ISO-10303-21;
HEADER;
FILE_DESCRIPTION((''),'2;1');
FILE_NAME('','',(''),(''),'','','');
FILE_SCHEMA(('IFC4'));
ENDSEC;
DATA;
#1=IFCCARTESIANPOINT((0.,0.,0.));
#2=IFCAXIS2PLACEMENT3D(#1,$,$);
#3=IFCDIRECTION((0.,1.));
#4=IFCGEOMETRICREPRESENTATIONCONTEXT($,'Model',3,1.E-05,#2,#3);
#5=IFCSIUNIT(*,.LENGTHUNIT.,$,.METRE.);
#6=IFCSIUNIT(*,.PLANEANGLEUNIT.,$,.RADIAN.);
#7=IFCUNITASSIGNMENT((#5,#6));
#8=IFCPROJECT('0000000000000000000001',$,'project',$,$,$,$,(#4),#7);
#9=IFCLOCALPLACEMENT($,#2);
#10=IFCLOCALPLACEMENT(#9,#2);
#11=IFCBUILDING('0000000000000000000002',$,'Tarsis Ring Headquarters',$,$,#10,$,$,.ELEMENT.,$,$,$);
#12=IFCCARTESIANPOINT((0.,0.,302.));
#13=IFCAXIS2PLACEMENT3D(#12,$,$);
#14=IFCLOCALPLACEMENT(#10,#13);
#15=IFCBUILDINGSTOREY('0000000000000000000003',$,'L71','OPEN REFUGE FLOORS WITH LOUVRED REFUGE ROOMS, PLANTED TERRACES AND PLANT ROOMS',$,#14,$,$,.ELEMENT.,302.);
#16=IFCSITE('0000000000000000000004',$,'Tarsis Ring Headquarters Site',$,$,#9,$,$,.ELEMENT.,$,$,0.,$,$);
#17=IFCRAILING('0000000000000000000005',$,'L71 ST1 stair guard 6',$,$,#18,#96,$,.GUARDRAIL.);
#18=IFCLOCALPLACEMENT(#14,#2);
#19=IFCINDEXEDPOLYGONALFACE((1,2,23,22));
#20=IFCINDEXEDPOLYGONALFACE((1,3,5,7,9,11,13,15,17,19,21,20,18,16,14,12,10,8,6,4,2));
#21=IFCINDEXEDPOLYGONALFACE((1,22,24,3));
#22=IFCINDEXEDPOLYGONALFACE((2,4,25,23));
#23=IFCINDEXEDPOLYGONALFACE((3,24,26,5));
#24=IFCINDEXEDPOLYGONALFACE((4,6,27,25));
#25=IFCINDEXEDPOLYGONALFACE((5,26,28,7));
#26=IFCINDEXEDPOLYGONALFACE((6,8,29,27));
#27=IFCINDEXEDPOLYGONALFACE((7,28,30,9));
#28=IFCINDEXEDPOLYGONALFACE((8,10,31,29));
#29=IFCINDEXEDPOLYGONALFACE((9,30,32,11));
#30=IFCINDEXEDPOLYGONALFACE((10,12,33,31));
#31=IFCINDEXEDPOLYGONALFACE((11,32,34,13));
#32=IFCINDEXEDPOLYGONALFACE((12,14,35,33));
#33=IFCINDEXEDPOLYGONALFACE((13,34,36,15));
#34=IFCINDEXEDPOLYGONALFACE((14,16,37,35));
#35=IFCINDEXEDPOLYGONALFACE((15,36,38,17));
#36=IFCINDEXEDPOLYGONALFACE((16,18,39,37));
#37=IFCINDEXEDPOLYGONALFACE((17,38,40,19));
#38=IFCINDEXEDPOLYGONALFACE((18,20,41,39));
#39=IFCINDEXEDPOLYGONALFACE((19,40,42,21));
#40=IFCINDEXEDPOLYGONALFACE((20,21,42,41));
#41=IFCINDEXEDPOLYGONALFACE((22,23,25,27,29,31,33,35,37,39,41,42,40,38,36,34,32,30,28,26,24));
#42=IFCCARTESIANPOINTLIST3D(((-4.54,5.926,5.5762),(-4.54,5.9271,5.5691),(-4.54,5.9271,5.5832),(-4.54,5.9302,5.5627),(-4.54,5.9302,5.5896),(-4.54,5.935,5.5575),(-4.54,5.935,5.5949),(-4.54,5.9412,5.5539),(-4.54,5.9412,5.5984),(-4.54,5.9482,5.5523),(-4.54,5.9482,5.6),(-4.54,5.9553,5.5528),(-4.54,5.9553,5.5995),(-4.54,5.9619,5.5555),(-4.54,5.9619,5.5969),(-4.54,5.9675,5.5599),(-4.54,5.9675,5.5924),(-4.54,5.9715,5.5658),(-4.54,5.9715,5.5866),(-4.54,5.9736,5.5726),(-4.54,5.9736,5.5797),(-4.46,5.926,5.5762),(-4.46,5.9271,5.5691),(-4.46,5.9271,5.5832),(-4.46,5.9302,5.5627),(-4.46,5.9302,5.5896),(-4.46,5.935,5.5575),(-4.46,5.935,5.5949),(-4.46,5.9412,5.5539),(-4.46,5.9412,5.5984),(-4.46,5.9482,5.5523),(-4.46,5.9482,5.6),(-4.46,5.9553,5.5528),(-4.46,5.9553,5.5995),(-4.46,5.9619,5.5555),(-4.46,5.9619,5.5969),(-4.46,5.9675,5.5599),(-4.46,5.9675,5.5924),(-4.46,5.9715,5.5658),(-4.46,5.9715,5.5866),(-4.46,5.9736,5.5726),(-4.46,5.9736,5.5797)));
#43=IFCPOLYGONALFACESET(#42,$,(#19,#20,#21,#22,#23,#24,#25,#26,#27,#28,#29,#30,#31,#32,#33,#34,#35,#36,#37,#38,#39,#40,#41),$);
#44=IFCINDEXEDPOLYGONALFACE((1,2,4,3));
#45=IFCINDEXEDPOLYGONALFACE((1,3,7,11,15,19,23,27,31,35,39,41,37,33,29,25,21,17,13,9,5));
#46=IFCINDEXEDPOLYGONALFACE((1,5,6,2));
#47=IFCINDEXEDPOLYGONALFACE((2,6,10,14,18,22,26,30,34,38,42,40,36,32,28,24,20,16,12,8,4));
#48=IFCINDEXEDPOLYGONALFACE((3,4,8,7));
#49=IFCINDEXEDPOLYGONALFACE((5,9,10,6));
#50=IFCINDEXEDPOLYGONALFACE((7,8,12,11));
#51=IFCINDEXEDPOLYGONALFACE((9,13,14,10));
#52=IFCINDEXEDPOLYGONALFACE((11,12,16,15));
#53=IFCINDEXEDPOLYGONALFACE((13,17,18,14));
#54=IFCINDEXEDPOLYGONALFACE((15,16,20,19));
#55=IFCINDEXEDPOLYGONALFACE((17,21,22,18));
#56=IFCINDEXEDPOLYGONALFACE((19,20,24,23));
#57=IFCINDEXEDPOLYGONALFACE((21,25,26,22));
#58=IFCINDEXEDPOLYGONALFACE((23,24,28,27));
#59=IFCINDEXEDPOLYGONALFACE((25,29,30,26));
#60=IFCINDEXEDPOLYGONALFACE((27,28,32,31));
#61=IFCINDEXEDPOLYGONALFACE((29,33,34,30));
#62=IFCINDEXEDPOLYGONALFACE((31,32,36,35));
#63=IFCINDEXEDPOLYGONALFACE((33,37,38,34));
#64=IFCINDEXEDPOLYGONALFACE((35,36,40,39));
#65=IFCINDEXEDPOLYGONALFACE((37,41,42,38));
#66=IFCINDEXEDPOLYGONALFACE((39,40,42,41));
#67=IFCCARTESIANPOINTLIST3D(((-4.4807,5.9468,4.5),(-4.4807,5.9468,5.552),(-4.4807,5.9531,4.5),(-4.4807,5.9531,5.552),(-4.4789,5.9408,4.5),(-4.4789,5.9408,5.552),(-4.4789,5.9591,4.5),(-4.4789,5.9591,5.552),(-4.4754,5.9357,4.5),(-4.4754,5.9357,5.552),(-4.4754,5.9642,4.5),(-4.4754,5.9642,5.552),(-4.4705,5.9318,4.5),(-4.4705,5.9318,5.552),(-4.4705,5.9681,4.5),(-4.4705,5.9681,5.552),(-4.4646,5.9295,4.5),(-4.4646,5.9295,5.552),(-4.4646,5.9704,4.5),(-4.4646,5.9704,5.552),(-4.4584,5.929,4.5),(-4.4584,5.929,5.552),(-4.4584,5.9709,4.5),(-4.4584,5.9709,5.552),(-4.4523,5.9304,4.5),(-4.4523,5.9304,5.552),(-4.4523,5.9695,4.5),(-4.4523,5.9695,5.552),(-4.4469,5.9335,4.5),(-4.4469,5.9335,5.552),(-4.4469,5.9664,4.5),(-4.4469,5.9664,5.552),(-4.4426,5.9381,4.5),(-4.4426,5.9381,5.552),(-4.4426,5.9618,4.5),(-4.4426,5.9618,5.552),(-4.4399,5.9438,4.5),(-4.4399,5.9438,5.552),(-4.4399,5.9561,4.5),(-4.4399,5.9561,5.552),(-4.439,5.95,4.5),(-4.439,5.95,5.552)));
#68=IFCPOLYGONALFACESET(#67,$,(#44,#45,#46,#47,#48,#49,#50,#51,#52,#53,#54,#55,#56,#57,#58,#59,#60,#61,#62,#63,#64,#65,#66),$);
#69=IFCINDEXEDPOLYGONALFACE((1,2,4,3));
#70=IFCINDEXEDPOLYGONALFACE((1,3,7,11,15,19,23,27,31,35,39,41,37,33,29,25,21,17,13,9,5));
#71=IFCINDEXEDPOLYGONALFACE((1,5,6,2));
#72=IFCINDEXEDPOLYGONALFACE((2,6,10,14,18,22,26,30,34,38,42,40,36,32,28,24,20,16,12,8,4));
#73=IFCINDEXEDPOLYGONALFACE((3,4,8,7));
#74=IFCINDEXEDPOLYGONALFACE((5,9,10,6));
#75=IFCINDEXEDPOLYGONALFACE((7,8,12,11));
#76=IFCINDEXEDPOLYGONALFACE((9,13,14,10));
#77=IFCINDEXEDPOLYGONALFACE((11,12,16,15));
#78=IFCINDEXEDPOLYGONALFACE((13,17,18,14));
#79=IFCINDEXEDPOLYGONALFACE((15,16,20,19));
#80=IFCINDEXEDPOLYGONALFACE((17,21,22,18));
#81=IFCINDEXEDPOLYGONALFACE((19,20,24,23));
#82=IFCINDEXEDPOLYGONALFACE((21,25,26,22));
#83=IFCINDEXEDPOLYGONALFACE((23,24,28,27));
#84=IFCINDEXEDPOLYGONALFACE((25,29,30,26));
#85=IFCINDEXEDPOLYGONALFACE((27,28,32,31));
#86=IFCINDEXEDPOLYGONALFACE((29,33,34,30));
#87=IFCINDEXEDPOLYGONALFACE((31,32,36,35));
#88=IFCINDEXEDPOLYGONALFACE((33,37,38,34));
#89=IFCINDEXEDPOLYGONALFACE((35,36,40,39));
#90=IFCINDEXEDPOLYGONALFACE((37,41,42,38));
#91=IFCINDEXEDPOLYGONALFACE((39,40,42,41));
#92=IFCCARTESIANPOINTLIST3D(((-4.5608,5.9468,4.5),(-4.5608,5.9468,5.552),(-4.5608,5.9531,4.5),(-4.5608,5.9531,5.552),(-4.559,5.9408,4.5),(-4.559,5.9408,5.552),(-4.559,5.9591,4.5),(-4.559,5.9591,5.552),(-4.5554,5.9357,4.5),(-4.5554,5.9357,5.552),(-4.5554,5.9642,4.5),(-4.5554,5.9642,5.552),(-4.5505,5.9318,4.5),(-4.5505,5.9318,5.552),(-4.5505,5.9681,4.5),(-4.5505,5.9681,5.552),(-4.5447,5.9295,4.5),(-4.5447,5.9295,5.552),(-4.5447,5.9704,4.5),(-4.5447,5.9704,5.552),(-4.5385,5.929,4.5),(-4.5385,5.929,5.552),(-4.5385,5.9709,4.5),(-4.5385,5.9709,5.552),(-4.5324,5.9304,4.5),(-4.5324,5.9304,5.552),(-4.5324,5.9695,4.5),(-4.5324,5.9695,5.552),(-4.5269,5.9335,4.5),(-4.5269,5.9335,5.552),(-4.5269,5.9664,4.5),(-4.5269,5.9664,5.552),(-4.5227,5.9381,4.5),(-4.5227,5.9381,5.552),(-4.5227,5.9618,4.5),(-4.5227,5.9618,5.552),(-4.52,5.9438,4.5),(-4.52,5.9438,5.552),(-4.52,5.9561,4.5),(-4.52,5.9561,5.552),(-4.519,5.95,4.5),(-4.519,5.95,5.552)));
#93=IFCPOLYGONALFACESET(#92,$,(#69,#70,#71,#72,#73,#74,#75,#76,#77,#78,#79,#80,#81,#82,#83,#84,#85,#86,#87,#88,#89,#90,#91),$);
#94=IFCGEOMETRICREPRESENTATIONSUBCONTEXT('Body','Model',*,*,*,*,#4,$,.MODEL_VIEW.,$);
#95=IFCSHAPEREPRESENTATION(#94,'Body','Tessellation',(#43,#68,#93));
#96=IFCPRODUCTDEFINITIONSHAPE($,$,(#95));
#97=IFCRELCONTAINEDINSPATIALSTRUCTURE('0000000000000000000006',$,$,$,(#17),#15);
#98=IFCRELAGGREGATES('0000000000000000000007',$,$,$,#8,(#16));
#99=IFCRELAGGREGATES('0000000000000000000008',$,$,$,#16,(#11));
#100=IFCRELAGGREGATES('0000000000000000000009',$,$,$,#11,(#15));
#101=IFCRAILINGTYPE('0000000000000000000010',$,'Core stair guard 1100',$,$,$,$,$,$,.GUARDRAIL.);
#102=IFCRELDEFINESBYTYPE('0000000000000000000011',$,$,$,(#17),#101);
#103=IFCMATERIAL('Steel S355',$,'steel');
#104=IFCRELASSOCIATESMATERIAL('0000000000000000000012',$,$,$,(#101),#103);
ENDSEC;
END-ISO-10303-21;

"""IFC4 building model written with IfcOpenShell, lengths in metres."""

from ifc_helpers import new_model, si_unit, direction, frame, origin, origin_2d, place, context, subcontext, project, spatial, circle, extrude, material, type_object, element, save


model = new_model("IFC4")

# Units and contexts
model_context = context("Model", 3, precision=1e-05, world=origin(), true_north=direction((0.0, 1.0)))
body_context = subcontext(model_context, "Body", "Model", "MODEL_VIEW")
ifc_project = project(units=[si_unit("LENGTHUNIT", "METRE"), si_unit("PLANEANGLEUNIT", "RADIAN")], contexts=[model_context])

# Site, building, storey
site_placement = place(None, origin())
site = spatial("IfcSite", under=ifc_project, at=site_placement, Name="Tarsis Ring Headquarters Site", CompositionType="ELEMENT", RefElevation=0.0)
building_placement = place(site_placement, origin())
building = spatial("IfcBuilding", under=site, at=building_placement, Name="Tarsis Ring Headquarters", CompositionType="ELEMENT")
storey_placement = place(building_placement, frame((0.0, 0.0, 302.0)))
storey = spatial("IfcBuildingStorey", under=building, at=storey_placement, Name="L71", Description="OPEN REFUGE FLOORS WITH LOUVRED REFUGE ROOMS, PLANTED TERRACES AND PLANT ROOMS", CompositionType="ELEMENT", Elevation=302.0)

# Shared definitions
ifc_material_1 = material(Name="Steel S355", Category="steel")

# Railing
railing_type_1 = type_object("IfcRailingType", Name="Core stair guard 1100", PredefinedType="GUARDRAIL", material=ifc_material_1)
railing_1_placement = place(storey_placement, frame((-4.46, 5.95, 4.5)))
element("IfcRailing", 1, at=railing_1_placement, inside=storey, type_object=railing_type_1, Name="L71 ST1 stair guard 6", PredefinedType="GUARDRAIL", context=body_context, shape_type="SweptSolid", body=[
    extrude(circle(Radius=0.0239, at=origin_2d()), frame((0.0, 0.0, 1.0762), z_axis=(-1.0, 0.0, 0.0), x_axis=(0.0, -1.0, 0.0)), (0.0, 0.0, 1.0), 0.0801),
    extrude(circle(Radius=0.021, at=origin_2d()), origin(), (0.0, 0.0, 1.0), 1.052),
    extrude(circle(Radius=0.021, at=origin_2d()), frame((-0.0801, 0.0, 0.0)), (0.0, 0.0, 1.0), 1.052),
])

save(model, "model.ifc")
